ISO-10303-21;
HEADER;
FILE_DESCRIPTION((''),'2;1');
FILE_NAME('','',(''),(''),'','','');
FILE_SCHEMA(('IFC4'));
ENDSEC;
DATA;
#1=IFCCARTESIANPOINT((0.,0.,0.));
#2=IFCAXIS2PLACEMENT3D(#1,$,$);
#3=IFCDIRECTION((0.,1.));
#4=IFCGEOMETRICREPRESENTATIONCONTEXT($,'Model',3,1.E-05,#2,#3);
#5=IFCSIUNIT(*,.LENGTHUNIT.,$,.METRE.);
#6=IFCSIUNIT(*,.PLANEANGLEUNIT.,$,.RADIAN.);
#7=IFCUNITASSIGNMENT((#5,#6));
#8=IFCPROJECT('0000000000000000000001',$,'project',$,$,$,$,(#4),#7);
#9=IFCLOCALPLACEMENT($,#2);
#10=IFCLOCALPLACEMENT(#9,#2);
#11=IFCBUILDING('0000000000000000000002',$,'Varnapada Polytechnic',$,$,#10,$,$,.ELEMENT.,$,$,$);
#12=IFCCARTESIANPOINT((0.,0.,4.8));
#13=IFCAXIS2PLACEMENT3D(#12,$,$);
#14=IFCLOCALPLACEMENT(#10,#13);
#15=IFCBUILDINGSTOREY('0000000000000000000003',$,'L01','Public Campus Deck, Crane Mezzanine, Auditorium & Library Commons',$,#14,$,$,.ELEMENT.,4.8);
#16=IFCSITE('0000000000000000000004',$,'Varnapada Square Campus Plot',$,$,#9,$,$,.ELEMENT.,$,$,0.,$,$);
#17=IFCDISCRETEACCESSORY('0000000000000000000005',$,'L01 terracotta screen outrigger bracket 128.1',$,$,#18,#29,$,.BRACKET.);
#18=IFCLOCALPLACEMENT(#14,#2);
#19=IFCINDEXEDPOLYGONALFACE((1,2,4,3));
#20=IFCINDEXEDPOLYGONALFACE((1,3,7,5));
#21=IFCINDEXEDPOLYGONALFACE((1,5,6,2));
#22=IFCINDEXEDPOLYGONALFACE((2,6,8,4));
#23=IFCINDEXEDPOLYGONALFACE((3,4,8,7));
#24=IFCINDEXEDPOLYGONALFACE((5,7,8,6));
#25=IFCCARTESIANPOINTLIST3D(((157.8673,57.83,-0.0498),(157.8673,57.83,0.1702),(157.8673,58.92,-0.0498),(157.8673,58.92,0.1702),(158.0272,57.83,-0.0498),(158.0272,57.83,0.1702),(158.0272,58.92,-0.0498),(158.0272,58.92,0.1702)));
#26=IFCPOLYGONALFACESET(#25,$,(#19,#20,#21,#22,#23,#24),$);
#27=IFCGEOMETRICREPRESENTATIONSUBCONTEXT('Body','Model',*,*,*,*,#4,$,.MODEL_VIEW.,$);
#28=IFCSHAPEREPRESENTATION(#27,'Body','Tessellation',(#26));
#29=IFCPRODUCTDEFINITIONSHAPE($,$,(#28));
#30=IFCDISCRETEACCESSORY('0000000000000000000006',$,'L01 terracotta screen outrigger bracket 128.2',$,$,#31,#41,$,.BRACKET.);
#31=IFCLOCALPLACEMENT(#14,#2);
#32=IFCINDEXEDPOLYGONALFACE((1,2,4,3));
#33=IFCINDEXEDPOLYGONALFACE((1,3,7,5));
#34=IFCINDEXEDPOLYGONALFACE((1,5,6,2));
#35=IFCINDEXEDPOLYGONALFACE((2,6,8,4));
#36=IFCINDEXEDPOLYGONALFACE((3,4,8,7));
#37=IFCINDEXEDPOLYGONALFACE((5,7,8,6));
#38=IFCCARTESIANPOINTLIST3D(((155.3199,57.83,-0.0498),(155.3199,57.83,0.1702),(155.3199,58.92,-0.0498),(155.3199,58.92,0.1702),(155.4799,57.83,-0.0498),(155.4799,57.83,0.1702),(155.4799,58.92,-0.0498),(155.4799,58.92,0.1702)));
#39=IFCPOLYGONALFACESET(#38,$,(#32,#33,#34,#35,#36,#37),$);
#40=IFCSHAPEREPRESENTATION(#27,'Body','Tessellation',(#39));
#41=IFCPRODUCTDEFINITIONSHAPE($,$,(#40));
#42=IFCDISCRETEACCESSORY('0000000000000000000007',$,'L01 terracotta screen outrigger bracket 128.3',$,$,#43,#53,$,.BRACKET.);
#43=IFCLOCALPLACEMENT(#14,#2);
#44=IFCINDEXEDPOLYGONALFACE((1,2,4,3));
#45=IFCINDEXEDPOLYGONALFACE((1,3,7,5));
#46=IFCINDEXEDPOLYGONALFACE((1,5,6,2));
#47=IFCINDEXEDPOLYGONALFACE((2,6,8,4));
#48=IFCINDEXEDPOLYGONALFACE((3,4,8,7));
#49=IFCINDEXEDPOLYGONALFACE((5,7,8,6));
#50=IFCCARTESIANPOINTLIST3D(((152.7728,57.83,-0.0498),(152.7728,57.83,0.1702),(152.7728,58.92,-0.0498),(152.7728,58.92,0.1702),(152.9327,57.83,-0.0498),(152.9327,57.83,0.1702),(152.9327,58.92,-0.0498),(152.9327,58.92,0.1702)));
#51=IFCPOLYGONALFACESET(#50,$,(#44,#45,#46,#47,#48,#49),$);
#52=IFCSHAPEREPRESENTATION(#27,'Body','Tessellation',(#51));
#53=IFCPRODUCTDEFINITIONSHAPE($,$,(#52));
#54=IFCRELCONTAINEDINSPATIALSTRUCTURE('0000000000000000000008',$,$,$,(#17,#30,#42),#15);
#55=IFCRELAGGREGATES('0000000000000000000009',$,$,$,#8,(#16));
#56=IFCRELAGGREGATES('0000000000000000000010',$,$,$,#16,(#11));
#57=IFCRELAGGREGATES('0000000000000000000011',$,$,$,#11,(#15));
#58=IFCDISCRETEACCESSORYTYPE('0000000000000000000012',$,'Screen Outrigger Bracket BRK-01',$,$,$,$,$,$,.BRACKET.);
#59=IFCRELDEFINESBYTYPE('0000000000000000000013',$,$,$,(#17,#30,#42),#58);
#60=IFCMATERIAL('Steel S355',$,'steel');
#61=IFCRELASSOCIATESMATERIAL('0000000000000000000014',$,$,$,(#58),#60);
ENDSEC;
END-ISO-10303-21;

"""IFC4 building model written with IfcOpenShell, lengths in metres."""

from ifc_helpers import new_model, si_unit, direction, frame, origin, origin_2d, place, context, subcontext, project, spatial, rectangle, extrude, material, type_object, element, save


model = new_model("IFC4")

# Units and contexts
model_context = context("Model", 3, precision=1e-05, world=origin(), true_north=direction((0.0, 1.0)))
body_context = subcontext(model_context, "Body", "Model", "MODEL_VIEW")
ifc_project = project(units=[si_unit("LENGTHUNIT", "METRE"), si_unit("PLANEANGLEUNIT", "RADIAN")], contexts=[model_context])

# Site, building, storey
site_placement = place(None, origin())
site = spatial("IfcSite", under=ifc_project, at=site_placement, Name="Varnapada Square Campus Plot", CompositionType="ELEMENT", RefElevation=0.0)
building_placement = place(site_placement, origin())
building = spatial("IfcBuilding", under=site, at=building_placement, Name="Varnapada Polytechnic", CompositionType="ELEMENT")
storey_placement = place(building_placement, frame((0.0, 0.0, 4.8)))
storey = spatial("IfcBuildingStorey", under=building, at=storey_placement, Name="L01", Description="Public Campus Deck, Crane Mezzanine, Auditorium & Library Commons", CompositionType="ELEMENT", Elevation=4.8)

# Discrete accessories
ifc_material_1 = material(Name="Steel S355", Category="steel")
discrete_accessory_type = type_object("IfcDiscreteAccessoryType", Name="Screen Outrigger Bracket BRK-01", PredefinedType="BRACKET", material=ifc_material_1)
for number, where, z_axis, x_axis, name in (
    (1, (157.9473, 58.375, -0.0498), (0.0, 0.0, 1.0), (-1.0, 0.0, 0.0), "L01 terracotta screen outrigger bracket 128.1"),
    (2, (155.3999, 58.375, -0.0498), (0.0, 0.0, 1.0), (-1.0, 0.0, 0.0), "L01 terracotta screen outrigger bracket 128.2"),
    (3, (152.8528, 58.375, -0.0498), (0.0, 0.0, 1.0), (-1.0, 0.0, 0.0), "L01 terracotta screen outrigger bracket 128.3"),
):
    element("IfcDiscreteAccessory", number, at=place(storey_placement, frame(where, z_axis=z_axis, x_axis=x_axis)), inside=storey, type_object=discrete_accessory_type, Name=name, PredefinedType="BRACKET", context=body_context, shape_type="SweptSolid", body=[
        extrude(rectangle(XDim=0.1599, YDim=1.0901, at=origin_2d()), origin(), (0.0, 0.0, 1.0), 0.22),
    ])

save(model, "model.ifc")
